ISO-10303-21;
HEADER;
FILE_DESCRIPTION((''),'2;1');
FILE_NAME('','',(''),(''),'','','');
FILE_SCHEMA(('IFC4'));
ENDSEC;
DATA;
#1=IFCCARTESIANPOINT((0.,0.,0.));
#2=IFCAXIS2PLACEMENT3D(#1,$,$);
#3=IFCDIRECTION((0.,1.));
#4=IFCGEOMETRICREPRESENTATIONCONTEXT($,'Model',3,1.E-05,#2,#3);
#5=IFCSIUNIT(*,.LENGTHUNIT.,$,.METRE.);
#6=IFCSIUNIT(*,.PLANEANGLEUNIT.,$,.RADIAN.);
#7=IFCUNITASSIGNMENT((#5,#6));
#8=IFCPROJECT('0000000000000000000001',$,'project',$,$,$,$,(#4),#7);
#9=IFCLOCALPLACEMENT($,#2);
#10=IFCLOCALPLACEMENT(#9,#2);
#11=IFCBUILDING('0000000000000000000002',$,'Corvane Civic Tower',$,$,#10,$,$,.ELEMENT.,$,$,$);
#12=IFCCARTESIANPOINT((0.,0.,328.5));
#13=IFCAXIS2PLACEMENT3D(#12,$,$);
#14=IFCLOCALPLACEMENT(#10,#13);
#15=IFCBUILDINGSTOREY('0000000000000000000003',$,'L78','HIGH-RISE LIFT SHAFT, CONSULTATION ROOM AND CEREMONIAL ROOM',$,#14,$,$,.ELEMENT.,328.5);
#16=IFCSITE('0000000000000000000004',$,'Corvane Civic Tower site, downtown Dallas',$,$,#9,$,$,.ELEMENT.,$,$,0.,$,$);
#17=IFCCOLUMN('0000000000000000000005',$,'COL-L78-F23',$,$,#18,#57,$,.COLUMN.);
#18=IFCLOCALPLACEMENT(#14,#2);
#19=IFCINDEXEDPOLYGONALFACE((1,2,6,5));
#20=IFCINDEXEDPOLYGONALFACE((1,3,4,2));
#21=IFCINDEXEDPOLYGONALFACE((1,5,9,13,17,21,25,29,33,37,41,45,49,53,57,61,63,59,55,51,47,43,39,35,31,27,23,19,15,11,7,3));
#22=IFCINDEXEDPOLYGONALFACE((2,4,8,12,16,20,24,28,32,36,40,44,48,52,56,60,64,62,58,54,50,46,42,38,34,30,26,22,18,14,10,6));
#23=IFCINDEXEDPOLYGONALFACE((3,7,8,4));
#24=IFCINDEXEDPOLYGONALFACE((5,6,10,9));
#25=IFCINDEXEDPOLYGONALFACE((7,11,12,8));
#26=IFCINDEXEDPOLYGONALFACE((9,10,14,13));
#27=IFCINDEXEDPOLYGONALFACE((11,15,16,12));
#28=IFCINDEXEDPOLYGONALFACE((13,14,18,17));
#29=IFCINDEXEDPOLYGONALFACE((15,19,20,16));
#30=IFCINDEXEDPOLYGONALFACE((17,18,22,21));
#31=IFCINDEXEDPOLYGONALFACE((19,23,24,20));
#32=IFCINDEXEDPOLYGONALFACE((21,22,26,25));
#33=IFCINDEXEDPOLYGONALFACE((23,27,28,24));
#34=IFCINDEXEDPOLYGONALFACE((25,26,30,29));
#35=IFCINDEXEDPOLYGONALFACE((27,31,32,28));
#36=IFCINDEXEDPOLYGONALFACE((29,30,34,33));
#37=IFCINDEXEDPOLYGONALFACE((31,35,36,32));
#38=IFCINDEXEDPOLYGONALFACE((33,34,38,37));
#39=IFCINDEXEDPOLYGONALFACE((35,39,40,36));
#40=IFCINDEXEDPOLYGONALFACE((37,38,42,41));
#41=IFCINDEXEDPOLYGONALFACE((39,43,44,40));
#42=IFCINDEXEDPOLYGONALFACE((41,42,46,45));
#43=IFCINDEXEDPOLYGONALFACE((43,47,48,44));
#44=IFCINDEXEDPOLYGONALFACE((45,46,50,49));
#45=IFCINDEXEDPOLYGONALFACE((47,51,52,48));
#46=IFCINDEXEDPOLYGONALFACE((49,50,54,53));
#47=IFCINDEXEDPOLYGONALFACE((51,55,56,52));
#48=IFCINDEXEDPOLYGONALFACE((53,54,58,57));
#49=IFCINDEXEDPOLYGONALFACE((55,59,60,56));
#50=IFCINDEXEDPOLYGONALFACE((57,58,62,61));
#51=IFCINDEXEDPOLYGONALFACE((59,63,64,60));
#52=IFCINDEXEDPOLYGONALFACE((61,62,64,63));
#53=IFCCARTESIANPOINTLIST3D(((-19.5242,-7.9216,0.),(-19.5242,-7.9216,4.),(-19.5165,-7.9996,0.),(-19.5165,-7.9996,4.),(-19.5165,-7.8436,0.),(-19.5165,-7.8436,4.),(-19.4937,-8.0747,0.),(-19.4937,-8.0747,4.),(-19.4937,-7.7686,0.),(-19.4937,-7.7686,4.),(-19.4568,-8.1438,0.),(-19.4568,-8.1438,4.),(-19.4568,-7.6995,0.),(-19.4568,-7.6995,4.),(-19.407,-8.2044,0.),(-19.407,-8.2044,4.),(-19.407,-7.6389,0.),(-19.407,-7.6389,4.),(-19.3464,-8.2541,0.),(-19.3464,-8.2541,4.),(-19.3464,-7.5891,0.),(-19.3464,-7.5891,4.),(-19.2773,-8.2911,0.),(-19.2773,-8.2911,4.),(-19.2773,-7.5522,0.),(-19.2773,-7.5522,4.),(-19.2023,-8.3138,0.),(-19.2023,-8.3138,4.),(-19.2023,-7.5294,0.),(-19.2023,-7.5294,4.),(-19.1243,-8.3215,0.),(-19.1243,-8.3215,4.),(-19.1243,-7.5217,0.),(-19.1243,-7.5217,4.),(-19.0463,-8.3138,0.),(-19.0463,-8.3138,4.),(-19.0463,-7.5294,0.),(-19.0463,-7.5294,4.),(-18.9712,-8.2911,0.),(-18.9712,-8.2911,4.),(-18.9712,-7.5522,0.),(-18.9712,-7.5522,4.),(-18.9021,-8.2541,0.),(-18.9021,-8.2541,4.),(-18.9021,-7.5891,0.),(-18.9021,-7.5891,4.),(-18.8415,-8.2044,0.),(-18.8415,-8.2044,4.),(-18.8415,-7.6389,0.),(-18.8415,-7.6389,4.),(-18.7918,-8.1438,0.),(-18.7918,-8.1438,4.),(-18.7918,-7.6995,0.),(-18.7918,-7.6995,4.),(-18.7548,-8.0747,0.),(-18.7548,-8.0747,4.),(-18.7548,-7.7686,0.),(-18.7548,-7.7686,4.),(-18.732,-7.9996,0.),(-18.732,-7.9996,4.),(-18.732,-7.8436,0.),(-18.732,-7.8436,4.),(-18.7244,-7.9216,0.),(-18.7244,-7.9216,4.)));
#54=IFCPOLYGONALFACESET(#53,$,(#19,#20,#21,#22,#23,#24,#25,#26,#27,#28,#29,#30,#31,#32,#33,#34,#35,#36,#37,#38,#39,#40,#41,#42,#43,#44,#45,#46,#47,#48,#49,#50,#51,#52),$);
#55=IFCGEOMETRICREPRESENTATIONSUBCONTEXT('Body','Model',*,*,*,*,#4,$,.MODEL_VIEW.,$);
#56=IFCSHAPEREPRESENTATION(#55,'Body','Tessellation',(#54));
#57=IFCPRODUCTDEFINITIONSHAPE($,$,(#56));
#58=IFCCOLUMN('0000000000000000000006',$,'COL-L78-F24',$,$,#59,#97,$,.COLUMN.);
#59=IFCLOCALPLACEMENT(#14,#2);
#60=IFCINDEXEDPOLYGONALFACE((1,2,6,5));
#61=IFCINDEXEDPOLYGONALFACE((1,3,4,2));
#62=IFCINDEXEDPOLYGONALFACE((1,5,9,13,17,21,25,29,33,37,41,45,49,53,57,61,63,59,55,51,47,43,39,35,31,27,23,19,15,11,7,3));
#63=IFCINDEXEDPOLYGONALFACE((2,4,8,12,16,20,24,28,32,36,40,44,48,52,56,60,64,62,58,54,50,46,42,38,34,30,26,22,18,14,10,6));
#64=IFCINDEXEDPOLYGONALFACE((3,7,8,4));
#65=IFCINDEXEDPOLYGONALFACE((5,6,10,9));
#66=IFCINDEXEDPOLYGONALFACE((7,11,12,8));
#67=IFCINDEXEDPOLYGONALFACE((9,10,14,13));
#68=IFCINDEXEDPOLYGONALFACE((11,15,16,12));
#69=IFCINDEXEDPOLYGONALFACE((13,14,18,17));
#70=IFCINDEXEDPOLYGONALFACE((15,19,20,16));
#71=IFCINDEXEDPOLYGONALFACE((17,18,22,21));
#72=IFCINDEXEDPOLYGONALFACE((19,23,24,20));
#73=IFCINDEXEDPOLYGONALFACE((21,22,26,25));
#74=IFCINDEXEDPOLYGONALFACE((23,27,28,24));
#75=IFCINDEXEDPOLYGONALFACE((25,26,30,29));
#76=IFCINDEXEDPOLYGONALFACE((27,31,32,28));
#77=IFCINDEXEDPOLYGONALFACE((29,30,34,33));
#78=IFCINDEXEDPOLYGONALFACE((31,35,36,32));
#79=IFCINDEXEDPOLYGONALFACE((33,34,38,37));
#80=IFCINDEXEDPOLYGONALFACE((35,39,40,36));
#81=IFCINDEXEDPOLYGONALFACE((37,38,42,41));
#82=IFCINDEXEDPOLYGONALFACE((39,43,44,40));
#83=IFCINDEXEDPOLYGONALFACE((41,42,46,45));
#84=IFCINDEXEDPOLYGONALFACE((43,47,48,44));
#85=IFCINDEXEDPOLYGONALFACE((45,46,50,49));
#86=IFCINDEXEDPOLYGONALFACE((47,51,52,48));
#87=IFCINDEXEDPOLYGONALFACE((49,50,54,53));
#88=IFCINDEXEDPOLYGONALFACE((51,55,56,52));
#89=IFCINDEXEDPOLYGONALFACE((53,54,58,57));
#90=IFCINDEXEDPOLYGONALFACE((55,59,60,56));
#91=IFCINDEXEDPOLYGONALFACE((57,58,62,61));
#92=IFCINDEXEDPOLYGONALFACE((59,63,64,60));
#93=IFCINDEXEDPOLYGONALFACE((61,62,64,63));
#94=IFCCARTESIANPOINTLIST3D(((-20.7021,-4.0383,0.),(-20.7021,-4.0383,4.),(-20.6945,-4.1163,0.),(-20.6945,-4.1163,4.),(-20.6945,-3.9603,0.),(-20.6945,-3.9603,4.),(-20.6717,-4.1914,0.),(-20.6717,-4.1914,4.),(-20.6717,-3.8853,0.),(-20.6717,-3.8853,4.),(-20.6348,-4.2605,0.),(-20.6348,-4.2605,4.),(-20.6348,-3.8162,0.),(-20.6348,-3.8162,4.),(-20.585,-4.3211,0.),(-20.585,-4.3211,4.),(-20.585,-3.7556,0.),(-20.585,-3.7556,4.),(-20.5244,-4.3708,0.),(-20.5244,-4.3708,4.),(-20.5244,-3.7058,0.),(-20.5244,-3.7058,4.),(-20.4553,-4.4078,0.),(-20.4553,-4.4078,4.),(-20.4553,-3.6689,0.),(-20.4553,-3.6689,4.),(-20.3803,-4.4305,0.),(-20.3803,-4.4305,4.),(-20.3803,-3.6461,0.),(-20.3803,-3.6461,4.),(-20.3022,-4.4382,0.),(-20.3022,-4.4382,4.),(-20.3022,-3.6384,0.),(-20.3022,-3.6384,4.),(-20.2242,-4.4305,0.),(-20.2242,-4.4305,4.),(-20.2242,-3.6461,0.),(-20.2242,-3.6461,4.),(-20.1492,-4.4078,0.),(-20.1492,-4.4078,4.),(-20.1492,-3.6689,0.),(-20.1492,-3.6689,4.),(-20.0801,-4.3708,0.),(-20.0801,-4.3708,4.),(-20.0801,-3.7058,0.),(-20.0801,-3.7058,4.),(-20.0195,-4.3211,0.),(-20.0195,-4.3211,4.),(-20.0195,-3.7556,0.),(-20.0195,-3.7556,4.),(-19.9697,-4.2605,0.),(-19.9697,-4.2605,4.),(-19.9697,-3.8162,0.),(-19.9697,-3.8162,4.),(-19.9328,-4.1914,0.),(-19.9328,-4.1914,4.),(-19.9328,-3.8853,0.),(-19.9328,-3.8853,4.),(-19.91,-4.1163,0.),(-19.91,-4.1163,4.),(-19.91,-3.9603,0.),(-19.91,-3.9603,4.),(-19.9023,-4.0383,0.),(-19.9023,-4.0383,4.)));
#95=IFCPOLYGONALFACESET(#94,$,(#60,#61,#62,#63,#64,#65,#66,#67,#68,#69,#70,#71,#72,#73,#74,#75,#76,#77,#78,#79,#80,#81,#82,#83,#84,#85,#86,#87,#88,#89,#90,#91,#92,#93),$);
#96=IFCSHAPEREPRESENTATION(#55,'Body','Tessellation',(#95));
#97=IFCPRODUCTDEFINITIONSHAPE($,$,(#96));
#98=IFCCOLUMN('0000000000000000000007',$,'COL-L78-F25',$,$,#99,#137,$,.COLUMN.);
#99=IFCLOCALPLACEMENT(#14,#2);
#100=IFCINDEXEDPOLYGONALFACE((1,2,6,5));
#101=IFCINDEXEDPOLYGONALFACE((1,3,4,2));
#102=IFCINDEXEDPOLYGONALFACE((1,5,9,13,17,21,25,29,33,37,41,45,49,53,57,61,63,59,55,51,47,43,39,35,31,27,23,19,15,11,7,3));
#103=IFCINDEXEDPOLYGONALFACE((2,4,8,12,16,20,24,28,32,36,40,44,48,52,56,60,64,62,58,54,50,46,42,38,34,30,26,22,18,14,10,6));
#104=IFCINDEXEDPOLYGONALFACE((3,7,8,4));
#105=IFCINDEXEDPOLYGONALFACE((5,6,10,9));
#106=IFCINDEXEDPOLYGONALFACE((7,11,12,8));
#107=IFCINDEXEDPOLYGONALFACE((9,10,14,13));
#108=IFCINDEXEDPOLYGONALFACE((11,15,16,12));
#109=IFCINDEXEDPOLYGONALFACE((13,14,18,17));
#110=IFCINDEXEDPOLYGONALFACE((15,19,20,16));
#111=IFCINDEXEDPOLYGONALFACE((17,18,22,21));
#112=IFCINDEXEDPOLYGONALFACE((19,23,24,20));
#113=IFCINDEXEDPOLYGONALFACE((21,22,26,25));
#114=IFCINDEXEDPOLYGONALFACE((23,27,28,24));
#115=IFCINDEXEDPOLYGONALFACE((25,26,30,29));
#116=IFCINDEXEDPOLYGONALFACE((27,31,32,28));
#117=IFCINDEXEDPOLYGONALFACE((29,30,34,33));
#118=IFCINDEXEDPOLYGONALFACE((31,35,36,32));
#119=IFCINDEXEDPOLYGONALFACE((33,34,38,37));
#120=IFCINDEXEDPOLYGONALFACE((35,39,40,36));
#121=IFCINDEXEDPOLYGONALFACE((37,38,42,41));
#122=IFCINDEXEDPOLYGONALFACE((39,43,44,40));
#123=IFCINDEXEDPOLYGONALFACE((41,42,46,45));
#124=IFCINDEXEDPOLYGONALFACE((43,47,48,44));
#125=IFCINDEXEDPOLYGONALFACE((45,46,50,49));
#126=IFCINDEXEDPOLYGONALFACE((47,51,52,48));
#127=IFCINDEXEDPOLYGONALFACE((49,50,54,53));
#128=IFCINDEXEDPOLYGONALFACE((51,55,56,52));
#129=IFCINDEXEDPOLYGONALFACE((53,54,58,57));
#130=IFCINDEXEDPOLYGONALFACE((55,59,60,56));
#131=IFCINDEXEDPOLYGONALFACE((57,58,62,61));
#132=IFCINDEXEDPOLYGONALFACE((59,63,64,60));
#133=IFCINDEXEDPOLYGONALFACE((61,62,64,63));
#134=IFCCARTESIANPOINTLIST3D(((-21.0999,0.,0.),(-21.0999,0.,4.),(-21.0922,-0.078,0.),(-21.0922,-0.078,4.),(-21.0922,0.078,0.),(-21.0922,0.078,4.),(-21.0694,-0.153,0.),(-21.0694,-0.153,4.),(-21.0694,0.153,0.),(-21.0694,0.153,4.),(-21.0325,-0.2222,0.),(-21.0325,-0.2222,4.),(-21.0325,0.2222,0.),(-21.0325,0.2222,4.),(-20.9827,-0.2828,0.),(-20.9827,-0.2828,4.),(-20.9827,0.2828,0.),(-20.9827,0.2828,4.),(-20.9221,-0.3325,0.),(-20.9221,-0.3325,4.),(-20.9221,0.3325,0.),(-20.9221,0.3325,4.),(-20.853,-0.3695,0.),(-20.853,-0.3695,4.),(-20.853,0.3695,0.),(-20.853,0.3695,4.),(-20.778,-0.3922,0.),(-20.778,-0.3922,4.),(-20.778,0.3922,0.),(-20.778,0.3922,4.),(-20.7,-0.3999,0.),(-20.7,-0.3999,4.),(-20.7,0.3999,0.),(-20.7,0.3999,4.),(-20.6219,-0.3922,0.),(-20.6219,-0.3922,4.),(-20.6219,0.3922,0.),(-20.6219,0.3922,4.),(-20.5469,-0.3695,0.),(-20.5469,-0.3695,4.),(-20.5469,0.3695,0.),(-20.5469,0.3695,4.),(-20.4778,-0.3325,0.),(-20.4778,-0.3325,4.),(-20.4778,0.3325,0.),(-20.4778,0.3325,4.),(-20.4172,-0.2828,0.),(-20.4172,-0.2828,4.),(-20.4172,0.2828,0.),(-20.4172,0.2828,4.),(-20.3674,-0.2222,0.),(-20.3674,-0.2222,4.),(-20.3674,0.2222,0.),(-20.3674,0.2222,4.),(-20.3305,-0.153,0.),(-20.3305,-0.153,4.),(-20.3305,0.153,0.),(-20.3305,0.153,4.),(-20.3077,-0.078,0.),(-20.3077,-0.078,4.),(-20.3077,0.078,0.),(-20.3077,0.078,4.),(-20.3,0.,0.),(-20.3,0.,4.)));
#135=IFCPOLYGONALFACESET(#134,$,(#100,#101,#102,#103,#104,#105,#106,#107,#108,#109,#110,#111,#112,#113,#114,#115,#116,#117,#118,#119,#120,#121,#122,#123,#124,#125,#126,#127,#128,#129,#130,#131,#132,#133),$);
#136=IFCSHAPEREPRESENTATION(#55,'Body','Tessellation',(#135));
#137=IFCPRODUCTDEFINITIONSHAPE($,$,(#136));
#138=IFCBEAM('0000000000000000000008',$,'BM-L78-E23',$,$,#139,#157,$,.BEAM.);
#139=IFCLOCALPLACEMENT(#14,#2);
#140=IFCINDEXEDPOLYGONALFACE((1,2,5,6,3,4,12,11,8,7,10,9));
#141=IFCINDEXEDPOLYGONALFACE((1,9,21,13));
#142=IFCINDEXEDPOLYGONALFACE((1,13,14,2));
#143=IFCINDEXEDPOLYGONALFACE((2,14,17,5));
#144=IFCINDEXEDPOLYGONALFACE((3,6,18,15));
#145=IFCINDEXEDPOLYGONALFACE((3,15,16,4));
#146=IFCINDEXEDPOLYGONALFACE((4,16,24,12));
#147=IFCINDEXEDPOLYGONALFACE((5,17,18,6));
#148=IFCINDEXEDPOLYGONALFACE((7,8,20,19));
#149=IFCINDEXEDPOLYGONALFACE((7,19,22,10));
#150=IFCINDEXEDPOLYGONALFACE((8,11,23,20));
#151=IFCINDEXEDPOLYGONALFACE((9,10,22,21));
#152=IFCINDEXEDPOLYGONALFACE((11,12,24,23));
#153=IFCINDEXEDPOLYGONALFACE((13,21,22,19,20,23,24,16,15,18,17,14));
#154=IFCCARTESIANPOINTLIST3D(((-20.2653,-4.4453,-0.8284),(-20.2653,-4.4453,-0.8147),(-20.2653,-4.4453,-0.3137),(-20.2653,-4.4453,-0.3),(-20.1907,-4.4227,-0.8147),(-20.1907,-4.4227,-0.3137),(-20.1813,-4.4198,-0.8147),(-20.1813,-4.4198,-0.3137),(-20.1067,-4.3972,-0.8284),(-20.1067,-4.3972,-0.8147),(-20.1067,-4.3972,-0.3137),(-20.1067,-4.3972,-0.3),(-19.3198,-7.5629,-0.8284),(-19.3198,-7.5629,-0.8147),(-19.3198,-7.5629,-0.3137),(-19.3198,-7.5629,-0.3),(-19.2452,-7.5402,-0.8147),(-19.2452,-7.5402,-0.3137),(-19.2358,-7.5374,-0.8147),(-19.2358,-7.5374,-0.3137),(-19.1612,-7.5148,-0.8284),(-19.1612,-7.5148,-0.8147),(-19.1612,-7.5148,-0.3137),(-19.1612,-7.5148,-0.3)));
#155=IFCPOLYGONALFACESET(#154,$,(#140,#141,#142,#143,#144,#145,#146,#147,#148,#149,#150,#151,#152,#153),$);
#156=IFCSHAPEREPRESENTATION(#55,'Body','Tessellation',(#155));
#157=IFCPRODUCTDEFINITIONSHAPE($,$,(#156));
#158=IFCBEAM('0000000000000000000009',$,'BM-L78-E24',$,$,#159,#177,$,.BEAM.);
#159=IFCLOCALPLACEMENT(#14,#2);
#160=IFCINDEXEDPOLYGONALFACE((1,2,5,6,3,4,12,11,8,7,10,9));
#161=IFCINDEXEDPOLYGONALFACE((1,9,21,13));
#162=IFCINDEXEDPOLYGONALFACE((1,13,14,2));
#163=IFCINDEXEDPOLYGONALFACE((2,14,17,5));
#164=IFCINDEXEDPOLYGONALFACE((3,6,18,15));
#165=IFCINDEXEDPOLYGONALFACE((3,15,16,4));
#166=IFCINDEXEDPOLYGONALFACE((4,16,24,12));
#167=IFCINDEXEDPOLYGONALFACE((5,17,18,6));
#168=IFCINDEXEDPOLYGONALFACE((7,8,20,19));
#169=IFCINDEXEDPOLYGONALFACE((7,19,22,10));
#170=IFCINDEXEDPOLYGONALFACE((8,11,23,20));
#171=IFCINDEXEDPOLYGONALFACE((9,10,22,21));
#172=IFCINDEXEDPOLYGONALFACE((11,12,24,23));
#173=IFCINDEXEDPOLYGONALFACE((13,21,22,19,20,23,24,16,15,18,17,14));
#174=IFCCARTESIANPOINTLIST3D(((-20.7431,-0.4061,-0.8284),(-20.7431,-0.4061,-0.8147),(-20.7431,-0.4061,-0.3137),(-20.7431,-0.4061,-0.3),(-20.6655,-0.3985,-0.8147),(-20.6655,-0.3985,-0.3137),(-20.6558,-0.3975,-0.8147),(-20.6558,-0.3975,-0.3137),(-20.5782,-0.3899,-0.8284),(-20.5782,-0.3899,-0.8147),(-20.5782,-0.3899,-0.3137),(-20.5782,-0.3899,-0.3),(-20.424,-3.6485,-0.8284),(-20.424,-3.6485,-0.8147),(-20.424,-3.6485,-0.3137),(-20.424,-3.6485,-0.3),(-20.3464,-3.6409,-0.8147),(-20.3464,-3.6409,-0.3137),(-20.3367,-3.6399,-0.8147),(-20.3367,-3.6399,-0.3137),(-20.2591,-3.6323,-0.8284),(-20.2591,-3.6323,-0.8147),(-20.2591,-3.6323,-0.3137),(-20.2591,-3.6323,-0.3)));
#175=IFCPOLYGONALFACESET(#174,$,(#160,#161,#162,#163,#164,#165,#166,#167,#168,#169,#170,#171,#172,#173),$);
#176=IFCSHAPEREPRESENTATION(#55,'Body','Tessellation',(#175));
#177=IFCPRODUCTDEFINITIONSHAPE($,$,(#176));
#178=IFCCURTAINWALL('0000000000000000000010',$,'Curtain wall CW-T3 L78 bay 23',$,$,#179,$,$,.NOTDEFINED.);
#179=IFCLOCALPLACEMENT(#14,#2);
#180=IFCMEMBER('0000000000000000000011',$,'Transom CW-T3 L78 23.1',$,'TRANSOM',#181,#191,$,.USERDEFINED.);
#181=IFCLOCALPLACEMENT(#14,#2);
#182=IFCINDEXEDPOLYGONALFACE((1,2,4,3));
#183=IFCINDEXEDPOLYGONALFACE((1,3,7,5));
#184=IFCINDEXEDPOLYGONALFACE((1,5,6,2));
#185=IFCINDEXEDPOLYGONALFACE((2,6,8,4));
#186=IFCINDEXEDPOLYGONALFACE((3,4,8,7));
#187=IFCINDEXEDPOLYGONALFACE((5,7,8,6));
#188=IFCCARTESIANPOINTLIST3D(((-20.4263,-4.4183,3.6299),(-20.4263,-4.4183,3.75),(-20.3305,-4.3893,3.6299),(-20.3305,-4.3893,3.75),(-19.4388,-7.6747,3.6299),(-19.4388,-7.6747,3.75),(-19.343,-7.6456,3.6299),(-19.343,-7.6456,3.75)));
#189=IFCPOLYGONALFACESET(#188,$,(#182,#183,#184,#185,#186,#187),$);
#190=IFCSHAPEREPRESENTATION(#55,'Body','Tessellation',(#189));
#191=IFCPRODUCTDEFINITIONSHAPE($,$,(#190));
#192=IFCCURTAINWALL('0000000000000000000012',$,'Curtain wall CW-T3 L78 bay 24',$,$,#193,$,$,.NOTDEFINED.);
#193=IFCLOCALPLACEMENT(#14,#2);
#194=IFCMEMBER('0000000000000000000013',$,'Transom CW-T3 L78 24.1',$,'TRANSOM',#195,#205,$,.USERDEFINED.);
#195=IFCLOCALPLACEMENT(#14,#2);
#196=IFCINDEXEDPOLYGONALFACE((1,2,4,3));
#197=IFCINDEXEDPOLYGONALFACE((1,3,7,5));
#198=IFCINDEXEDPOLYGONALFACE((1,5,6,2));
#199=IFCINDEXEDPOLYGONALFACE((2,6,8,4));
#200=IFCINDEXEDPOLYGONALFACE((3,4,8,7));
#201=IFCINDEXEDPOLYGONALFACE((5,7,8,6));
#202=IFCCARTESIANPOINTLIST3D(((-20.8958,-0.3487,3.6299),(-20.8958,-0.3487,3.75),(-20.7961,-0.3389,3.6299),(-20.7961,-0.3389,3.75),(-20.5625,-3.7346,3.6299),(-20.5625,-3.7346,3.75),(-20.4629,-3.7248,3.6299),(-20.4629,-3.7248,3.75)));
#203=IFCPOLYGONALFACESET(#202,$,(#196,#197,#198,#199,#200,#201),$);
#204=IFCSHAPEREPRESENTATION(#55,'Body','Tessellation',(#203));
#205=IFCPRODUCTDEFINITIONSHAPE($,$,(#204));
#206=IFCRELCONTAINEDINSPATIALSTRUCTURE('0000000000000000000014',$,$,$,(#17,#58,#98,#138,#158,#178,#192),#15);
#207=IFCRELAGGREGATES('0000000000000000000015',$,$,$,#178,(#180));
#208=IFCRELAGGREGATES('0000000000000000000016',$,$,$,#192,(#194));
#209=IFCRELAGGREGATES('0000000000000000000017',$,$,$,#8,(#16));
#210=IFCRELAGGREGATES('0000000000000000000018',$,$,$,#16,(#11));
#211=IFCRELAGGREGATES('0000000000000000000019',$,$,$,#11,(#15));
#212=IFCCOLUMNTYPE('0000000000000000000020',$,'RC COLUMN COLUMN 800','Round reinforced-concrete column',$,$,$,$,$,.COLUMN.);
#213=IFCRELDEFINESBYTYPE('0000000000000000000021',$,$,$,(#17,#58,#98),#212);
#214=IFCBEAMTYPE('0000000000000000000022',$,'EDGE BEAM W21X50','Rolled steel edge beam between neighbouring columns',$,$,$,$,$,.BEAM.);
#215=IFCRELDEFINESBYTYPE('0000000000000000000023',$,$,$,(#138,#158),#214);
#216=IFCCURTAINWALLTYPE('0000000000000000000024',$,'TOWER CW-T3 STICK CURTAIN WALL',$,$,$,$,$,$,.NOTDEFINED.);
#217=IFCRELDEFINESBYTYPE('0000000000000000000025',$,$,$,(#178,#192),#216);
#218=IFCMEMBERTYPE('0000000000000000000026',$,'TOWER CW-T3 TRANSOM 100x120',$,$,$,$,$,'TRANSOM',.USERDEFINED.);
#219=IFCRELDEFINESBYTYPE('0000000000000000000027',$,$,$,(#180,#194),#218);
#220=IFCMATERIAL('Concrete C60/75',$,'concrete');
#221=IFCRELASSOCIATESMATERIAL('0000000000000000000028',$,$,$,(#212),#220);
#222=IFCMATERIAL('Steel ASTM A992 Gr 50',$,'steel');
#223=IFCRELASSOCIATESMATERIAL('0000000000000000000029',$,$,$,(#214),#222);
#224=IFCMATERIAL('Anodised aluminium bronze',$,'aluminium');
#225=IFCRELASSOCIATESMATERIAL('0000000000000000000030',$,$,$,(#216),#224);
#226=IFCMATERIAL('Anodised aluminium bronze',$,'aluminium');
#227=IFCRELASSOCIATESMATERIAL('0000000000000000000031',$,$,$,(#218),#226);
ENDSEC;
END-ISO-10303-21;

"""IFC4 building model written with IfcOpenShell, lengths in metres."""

from ifc_helpers import new_model, si_unit, direction, frame, origin, origin_2d, place, context, subcontext, project, spatial, rectangle, circle, i_section, extrude, material, material_profile, profile_set, type_object, element, aggregate, save


model = new_model("IFC4")

# Units and contexts
model_context = context("Model", 3, precision=1e-05, world=origin(), true_north=direction((0.0, 1.0)))
body_context = subcontext(model_context, "Body", "Model", "MODEL_VIEW")
ifc_project = project(units=[si_unit("LENGTHUNIT", "METRE"), si_unit("PLANEANGLEUNIT", "RADIAN")], contexts=[model_context])

# Site, building, storey
site_placement = place(None, origin())
site = spatial("IfcSite", under=ifc_project, at=site_placement, Name="Corvane Civic Tower site, downtown Dallas", CompositionType="ELEMENT", RefElevation=0.0)
building_placement = place(site_placement, origin())
building = spatial("IfcBuilding", under=site, at=building_placement, Name="Corvane Civic Tower", CompositionType="ELEMENT")
storey_placement = place(building_placement, frame((0.0, 0.0, 328.5)))
storey = spatial("IfcBuildingStorey", under=building, at=storey_placement, Name="L78", Description="HIGH-RISE LIFT SHAFT, CONSULTATION ROOM AND CEREMONIAL ROOM", CompositionType="ELEMENT", Elevation=328.5)

# Columns
ifc_material_1 = material(Name="Concrete C60/75", Category="concrete")
ifc_material_profile_1 = material_profile(ifc_material_1, circle(Radius=0.3999, at=origin_2d()), Name="COLUMN 800")
ifc_profile_set_1 = profile_set([ifc_material_profile_1], Name="Concrete C60/75")
column_type = type_object("IfcColumnType", Name="RC COLUMN COLUMN 800", Description="Round reinforced-concrete column", PredefinedType="COLUMN", material=ifc_profile_set_1)
for number, where, z_axis, x_axis, name in (
    (1, (-19.1243, -7.9216, 0.0), (0.0, 0.0, 1.0), (1.0, 0.0, 0.0), "COL-L78-F23"),
    (2, (-20.3022, -4.0383, 0.0), (0.0, 0.0, 1.0), (1.0, 0.0, 0.0), "COL-L78-F24"),
    (3, (-20.7, 0.0, 0.0), (0.0, 0.0, 1.0), (1.0, 0.0, 0.0), "COL-L78-F25"),
):
    element("IfcColumn", number, at=place(storey_placement, frame(where, z_axis=z_axis, x_axis=x_axis)), inside=storey, type_object=column_type, Name=name, PredefinedType="COLUMN", context=body_context, shape_type="SweptSolid", body=[
        extrude(circle(Radius=0.3999, at=origin_2d()), origin(), (0.0, 0.0, 1.0), 4.0),
    ])

# Beams
ifc_material_2 = material(Name="Steel ASTM A992 Gr 50", Category="steel")
ifc_material_profile_2 = material_profile(ifc_material_2, i_section(OverallWidth=0.1658, OverallDepth=0.5283, WebThickness=0.0098, FlangeThickness=0.0137, at=origin_2d()), Name="W21X50")
ifc_profile_set_2 = profile_set([ifc_material_profile_2], Name="Steel ASTM A992 Gr 50")
beam_type = type_object("IfcBeamType", Name="EDGE BEAM W21X50", Description="Rolled steel edge beam between neighbouring columns", PredefinedType="BEAM", material=ifc_profile_set_2)
beam_1_placement = place(storey_placement, frame((-19.2405, -7.5388, -0.5642), z_axis=(-0.290234, 0.956956, 0.0), x_axis=(-0.956956, -0.290234, 0.0)))
element("IfcBeam", 4, at=beam_1_placement, inside=storey, type_object=beam_type, Name="BM-L78-E23", PredefinedType="BEAM", context=body_context, shape_type="SweptSolid", body=[
    extrude(i_section(OverallWidth=0.1658, OverallDepth=0.5283, WebThickness=0.0098, FlangeThickness=0.0137, at=origin_2d()), origin(), (0.0, 0.0, 1.0), 3.2578),
])
beam_2_placement = place(storey_placement, frame((-20.3416, -3.6404, -0.5642), z_axis=(-0.097938, 0.995193, 0.0), x_axis=(-0.995193, -0.097938, 0.0)))
element("IfcBeam", 5, at=beam_2_placement, inside=storey, type_object=beam_type, Name="BM-L78-E24", PredefinedType="BEAM", context=body_context, shape_type="SweptSolid", body=[
    extrude(i_section(OverallWidth=0.1658, OverallDepth=0.5283, WebThickness=0.0098, FlangeThickness=0.0137, at=origin_2d()), origin(), (0.0, 0.0, 1.0), 3.2581),
])

# Curtain walls, members
ifc_material_3 = material(Name="Anodised aluminium bronze", Category="aluminium")
curtain_wall_type = type_object("IfcCurtainWallType", Name="TOWER CW-T3 STICK CURTAIN WALL", PredefinedType="NOTDEFINED", material=ifc_material_3)
curtain_wall_1_placement = place(storey_placement, origin())
curtain_wall_1 = element("IfcCurtainWall", 6, at=curtain_wall_1_placement, inside=storey, type_object=curtain_wall_type, Name="Curtain wall CW-T3 L78 bay 23", PredefinedType="NOTDEFINED")
ifc_material_4 = material(Name="Anodised aluminium bronze", Category="aluminium")
ifc_material_profile_3 = material_profile(ifc_material_4, rectangle(XDim=0.1001, YDim=0.1201, at=origin_2d()), Name="TOWER CW-T3 TRANSOM 100x120")
ifc_profile_set_3 = profile_set([ifc_material_profile_3], Name="Anodised aluminium bronze")
member_type = type_object("IfcMemberType", Name="TOWER CW-T3 TRANSOM 100x120", ElementType="TRANSOM", PredefinedType="USERDEFINED", material=ifc_profile_set_3)
member_1_placement = place(storey_placement, frame((-19.3909, -7.6602, 3.6899), z_axis=(-0.290216, 0.956961, 0.0), x_axis=(-0.956961, -0.290216, 0.0)))
member_1 = element("IfcMember", 7, at=member_1_placement, type_object=member_type, Name="Transom CW-T3 L78 23.1", ObjectType="TRANSOM", PredefinedType="USERDEFINED", context=body_context, shape_type="SweptSolid", body=[
    extrude(rectangle(XDim=0.1001, YDim=0.1201, at=origin_2d()), origin(), (0.0, 0.0, 1.0), 3.4028),
])
curtain_wall_2_placement = place(storey_placement, origin())
curtain_wall_2 = element("IfcCurtainWall", 8, at=curtain_wall_2_placement, inside=storey, type_object=curtain_wall_type, Name="Curtain wall CW-T3 L78 bay 24", PredefinedType="NOTDEFINED")
member_2_placement = place(storey_placement, frame((-20.5127, -3.7297, 3.6899), z_axis=(-0.097948, 0.995192, 0.0), x_axis=(-0.995192, -0.097948, 0.0)))
member_2 = element("IfcMember", 9, at=member_2_placement, type_object=member_type, Name="Transom CW-T3 L78 24.1", ObjectType="TRANSOM", PredefinedType="USERDEFINED", context=body_context, shape_type="SweptSolid", body=[
    extrude(rectangle(XDim=0.1001, YDim=0.1201, at=origin_2d()), origin(), (0.0, 0.0, 1.0), 3.4023),
])

aggregate(curtain_wall_1, [member_1])
aggregate(curtain_wall_2, [member_2])

save(model, "model.ifc")
